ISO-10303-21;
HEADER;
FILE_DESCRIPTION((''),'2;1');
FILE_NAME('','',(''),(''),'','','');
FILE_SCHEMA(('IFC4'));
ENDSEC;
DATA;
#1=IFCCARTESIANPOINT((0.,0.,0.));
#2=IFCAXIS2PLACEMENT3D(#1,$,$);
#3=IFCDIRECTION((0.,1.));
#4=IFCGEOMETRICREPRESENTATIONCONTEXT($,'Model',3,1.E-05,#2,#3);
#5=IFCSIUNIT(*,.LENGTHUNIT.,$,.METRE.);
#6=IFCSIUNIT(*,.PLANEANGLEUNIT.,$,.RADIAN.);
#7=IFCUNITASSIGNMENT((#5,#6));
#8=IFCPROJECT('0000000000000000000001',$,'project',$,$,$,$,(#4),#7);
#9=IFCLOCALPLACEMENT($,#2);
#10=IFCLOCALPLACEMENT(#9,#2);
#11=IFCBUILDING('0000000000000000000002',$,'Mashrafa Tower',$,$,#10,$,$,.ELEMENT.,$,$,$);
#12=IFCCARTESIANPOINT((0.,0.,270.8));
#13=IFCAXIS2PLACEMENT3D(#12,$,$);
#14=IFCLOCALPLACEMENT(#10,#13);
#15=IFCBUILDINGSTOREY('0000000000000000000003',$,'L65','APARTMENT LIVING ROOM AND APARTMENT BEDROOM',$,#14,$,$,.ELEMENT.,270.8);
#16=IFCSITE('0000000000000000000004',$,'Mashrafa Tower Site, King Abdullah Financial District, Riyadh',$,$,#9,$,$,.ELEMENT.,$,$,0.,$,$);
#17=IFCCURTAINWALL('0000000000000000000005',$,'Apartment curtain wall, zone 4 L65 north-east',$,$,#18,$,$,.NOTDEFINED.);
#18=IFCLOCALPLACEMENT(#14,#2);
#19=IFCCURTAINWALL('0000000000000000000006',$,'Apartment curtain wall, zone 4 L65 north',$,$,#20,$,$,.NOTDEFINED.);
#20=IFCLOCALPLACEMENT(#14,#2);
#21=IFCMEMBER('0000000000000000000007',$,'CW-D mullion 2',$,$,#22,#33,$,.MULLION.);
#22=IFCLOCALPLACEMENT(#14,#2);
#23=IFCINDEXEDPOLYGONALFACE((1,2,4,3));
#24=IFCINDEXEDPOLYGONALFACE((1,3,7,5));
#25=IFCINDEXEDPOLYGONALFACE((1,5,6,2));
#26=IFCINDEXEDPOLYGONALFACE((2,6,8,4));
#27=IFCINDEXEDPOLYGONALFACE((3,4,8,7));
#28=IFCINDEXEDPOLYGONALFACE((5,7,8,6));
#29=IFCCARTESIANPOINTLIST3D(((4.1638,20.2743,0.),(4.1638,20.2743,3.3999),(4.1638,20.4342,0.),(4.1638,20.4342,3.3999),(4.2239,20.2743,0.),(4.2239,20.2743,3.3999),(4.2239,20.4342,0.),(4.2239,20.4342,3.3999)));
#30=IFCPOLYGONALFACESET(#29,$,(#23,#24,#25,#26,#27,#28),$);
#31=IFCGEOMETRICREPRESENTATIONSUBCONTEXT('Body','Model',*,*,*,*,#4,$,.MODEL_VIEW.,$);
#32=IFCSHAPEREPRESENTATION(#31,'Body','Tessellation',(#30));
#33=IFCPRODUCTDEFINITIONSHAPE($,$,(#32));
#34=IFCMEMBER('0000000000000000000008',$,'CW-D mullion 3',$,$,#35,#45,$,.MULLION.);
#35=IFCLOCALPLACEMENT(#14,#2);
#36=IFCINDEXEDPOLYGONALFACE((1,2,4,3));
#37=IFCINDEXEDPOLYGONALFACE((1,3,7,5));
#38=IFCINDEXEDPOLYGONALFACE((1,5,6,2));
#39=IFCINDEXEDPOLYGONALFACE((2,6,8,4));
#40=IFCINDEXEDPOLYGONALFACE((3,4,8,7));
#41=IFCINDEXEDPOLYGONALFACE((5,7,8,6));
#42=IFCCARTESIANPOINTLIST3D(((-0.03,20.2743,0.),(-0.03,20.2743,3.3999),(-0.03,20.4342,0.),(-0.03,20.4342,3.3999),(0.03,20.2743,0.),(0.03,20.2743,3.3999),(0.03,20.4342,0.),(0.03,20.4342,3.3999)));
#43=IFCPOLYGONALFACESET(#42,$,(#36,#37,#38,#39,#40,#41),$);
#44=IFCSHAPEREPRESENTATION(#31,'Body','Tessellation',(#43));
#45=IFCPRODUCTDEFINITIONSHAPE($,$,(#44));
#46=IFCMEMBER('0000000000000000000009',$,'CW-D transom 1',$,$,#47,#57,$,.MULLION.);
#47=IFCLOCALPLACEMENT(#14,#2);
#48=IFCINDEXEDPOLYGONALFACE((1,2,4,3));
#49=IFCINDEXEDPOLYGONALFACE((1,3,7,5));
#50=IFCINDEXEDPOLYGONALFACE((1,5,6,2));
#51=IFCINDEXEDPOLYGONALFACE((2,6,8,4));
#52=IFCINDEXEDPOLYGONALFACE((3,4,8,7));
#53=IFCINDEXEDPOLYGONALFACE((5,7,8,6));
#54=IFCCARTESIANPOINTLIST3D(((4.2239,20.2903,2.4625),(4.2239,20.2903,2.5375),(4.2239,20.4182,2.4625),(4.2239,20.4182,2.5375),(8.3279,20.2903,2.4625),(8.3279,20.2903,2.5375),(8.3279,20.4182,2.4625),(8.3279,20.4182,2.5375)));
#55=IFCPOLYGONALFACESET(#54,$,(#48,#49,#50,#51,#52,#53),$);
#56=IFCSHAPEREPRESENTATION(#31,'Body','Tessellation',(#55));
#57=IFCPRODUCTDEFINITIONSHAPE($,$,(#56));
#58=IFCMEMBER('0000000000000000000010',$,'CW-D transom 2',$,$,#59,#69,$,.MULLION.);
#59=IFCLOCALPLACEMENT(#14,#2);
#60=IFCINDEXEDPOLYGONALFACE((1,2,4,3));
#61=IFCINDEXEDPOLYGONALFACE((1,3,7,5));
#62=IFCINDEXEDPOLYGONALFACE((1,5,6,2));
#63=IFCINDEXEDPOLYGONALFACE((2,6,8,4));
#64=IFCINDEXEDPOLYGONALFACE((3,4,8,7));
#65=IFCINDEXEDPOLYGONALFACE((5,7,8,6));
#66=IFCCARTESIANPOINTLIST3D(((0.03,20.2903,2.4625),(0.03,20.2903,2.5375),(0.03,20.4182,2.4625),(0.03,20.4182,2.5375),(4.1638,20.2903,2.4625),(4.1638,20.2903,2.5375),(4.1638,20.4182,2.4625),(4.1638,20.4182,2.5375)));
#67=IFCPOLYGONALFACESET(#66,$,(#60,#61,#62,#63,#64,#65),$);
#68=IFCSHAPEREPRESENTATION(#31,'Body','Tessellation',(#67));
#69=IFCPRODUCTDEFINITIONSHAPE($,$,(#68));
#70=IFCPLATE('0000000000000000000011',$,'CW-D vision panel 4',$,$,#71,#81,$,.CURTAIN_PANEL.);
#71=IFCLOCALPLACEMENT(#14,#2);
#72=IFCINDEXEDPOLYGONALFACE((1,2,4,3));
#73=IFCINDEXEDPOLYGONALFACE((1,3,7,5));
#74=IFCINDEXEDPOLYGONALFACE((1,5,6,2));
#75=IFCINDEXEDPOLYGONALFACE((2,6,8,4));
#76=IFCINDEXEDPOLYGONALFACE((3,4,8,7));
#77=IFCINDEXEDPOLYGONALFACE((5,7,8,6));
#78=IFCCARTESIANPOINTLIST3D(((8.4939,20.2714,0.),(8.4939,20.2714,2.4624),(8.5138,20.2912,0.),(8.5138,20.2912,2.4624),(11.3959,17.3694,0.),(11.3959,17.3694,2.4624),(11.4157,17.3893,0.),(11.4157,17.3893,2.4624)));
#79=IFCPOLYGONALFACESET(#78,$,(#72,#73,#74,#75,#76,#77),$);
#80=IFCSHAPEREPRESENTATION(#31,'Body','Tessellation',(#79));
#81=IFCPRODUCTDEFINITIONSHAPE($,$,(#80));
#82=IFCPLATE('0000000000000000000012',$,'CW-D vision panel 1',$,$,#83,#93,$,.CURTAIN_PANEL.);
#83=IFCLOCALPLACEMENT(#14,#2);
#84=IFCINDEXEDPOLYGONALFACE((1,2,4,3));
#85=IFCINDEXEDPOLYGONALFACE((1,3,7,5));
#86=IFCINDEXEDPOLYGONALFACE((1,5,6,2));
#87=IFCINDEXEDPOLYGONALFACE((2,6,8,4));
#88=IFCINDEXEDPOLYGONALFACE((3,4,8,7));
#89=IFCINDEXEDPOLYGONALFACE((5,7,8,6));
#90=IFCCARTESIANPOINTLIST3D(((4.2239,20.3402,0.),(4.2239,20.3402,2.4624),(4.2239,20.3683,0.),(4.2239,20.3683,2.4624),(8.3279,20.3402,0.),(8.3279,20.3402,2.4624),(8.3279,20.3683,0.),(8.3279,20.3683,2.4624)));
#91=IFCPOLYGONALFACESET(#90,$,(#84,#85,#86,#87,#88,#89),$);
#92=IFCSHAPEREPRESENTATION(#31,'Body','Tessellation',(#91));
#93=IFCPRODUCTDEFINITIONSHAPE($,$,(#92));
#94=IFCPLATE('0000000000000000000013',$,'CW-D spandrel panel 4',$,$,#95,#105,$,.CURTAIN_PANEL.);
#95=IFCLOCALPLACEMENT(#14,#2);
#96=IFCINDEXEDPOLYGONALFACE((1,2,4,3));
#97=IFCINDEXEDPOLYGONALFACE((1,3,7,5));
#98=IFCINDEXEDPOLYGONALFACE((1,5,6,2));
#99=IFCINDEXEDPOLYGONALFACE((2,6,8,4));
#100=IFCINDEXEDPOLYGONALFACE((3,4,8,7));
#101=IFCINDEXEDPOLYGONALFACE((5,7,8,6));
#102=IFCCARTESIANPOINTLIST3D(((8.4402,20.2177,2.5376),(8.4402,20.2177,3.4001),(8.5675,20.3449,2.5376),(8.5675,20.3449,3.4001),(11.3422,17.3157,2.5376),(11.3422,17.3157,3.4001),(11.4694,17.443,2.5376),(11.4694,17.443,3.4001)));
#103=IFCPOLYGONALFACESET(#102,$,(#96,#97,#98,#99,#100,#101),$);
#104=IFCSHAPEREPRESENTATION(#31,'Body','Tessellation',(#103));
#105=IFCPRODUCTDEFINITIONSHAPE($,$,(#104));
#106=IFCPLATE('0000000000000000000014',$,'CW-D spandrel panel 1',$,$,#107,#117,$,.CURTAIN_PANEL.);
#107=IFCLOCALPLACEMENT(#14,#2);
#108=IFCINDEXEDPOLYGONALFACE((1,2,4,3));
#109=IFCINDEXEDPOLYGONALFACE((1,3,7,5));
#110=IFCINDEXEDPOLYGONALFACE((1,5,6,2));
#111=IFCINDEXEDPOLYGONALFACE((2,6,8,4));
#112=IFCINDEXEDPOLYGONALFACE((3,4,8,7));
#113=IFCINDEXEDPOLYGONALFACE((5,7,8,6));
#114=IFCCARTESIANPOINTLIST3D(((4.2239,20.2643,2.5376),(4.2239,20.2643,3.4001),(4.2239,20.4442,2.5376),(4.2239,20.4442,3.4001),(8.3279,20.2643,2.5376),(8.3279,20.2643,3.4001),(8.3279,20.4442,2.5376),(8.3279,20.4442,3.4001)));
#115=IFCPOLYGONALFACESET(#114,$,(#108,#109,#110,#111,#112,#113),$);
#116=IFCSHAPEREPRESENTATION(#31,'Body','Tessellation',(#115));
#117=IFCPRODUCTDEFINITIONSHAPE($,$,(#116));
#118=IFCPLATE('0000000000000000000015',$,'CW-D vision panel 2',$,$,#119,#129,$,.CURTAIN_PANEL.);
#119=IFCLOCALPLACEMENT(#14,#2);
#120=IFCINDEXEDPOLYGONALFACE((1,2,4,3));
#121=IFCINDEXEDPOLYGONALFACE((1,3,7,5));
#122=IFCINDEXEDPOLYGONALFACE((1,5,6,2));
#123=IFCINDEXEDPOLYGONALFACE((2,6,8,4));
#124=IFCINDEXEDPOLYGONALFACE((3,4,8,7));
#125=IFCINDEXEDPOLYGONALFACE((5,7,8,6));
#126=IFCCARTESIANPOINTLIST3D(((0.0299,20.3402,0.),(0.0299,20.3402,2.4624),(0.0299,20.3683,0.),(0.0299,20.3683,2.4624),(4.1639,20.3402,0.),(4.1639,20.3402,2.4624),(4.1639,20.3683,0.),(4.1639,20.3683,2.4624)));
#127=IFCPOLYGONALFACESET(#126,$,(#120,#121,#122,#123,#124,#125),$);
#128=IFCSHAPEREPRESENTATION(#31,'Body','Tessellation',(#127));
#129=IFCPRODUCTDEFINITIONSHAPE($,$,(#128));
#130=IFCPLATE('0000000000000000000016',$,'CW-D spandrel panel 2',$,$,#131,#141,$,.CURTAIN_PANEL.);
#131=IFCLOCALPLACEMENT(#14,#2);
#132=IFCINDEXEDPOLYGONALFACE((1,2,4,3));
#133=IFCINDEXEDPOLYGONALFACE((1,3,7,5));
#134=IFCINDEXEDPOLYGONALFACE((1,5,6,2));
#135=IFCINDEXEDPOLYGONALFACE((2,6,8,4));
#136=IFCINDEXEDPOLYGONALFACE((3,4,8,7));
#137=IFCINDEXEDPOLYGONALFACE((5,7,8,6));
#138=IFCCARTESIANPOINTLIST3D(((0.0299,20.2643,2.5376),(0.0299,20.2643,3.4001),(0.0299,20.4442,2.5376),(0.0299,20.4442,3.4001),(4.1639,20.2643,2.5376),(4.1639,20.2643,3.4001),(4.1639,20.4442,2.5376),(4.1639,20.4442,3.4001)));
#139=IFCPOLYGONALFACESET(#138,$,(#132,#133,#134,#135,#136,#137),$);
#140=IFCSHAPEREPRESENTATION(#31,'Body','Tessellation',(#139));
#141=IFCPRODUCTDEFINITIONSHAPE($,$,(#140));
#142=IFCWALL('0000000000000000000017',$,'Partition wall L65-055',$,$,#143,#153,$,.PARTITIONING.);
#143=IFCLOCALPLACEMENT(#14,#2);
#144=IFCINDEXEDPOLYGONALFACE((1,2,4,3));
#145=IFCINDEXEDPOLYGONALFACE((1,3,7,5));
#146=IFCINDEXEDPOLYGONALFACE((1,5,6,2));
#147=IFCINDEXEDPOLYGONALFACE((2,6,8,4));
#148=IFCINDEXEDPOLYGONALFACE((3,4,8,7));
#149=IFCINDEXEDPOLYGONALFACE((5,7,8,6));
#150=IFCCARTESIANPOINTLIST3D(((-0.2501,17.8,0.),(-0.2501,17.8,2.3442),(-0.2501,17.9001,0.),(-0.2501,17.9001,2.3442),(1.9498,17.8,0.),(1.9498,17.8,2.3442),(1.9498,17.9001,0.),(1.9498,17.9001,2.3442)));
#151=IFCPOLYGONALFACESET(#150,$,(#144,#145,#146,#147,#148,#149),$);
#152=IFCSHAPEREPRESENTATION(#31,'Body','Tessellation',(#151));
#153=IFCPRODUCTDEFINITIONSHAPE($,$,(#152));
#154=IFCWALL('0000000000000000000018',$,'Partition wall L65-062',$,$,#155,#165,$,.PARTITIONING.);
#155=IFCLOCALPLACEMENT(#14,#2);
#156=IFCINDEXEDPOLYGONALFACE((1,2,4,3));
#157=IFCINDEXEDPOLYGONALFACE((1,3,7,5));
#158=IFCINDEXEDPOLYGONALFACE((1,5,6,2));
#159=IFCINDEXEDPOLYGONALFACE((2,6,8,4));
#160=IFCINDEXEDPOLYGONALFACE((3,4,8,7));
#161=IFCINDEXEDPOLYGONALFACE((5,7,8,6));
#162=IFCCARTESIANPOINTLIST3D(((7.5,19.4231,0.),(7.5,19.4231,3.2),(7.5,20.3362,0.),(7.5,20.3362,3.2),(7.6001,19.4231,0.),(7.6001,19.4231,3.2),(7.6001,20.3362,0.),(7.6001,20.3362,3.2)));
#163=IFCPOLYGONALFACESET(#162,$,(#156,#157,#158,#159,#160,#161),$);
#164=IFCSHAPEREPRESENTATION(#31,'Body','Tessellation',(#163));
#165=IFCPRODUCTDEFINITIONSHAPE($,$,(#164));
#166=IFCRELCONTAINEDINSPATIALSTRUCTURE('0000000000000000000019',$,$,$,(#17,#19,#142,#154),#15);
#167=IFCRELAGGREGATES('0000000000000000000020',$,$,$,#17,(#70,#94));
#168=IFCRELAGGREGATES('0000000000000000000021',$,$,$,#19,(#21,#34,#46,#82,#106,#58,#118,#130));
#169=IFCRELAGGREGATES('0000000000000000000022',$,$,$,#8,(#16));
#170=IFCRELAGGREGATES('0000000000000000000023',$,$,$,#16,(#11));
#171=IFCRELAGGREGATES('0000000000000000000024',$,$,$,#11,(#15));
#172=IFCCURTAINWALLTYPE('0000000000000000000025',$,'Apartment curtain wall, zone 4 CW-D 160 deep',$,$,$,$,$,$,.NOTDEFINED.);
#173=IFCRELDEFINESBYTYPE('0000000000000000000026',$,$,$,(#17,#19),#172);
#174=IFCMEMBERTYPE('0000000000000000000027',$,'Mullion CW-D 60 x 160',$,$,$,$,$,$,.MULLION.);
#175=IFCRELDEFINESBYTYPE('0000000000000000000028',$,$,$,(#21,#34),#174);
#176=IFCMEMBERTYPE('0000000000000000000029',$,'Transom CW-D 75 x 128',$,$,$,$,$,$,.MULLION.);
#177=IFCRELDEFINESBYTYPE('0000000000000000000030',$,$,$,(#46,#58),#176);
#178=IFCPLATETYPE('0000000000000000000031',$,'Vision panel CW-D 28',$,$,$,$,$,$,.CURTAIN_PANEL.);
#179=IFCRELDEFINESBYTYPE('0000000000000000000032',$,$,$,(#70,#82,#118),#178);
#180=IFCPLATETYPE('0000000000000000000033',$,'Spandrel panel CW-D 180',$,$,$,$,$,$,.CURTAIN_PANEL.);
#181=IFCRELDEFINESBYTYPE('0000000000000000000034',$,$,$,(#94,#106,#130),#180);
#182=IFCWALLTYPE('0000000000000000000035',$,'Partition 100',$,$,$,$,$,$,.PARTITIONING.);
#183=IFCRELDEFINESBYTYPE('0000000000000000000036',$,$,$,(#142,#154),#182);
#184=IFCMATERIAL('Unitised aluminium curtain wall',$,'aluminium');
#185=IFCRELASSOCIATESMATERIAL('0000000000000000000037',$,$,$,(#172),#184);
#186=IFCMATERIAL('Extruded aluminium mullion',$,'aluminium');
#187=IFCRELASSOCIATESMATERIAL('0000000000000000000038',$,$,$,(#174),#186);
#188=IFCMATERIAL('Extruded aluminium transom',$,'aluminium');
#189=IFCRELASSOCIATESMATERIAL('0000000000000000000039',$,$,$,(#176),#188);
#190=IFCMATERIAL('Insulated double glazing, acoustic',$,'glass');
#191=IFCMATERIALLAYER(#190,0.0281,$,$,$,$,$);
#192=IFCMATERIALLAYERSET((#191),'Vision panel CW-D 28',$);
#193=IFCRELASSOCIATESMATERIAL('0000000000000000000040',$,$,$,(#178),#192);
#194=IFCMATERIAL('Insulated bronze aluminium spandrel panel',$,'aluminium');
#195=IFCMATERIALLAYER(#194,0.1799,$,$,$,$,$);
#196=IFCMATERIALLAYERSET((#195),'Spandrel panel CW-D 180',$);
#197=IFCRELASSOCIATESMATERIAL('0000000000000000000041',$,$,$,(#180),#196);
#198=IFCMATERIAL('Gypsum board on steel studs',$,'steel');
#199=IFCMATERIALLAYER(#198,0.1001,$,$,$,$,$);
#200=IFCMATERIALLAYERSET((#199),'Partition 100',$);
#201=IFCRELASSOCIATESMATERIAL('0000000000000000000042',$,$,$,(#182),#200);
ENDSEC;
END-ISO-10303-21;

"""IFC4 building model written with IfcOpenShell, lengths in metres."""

from ifc_helpers import new_model, si_unit, direction, frame, frame_2d, origin, origin_2d, place, context, subcontext, project, spatial, rectangle, extrude, source, transform, mapped, material, layer, layer_set, material_profile, profile_set, type_object, type_shapes, element, aggregate, save


model = new_model("IFC4")

# Units and contexts
model_context = context("Model", 3, precision=1e-05, world=origin(), true_north=direction((0.0, 1.0)))
body_context = subcontext(model_context, "Body", "Model", "MODEL_VIEW")
ifc_project = project(units=[si_unit("LENGTHUNIT", "METRE"), si_unit("PLANEANGLEUNIT", "RADIAN")], contexts=[model_context])

# Site, building, storey
site_placement = place(None, origin())
site = spatial("IfcSite", under=ifc_project, at=site_placement, Name="Mashrafa Tower Site, King Abdullah Financial District, Riyadh", CompositionType="ELEMENT", RefElevation=0.0)
building_placement = place(site_placement, origin())
building = spatial("IfcBuilding", under=site, at=building_placement, Name="Mashrafa Tower", CompositionType="ELEMENT")
storey_placement = place(building_placement, frame((0.0, 0.0, 270.8)))
storey = spatial("IfcBuildingStorey", under=building, at=storey_placement, Name="L65", Description="APARTMENT LIVING ROOM AND APARTMENT BEDROOM", CompositionType="ELEMENT", Elevation=270.8)

# Curtain wall
ifc_material_1 = material(Name="Unitised aluminium curtain wall", Category="aluminium")
curtain_wall_type = type_object("IfcCurtainWallType", Name="Apartment curtain wall, zone 4 CW-D 160 deep", PredefinedType="NOTDEFINED", material=ifc_material_1)
curtain_wall_1_placement = place(storey_placement, origin())
curtain_wall_1 = element("IfcCurtainWall", 1, at=curtain_wall_1_placement, inside=storey, type_object=curtain_wall_type, Name="Apartment curtain wall, zone 4 L65 north-east", PredefinedType="NOTDEFINED")
ifc_material_2 = material(Name="Extruded aluminium mullion", Category="aluminium")
ifc_material_profile_1 = material_profile(ifc_material_2, rectangle(XDim=0.1599, YDim=0.0601, at=origin_2d()), Name="Mullion 60x160")
ifc_profile_set_1 = profile_set([ifc_material_profile_1], Name="Extruded aluminium mullion")
member_type_1 = type_object("IfcMemberType", Name="Mullion CW-D 60 x 160", PredefinedType="MULLION", material=ifc_profile_set_1)
shared_shape_1 = source(origin(), body_context, "Body", "SweptSolid", [
    extrude(rectangle(XDim=0.1599, YDim=0.0601, at=origin_2d()), origin(), (0.0, 0.0, 1.0), 3.3999),
])
type_shapes(member_type_1, [shared_shape_1])

# Curtain wall, members
curtain_wall_2_placement = place(storey_placement, origin())
curtain_wall_2 = element("IfcCurtainWall", 2, at=curtain_wall_2_placement, inside=storey, type_object=curtain_wall_type, Name="Apartment curtain wall, zone 4 L65 north", PredefinedType="NOTDEFINED")
member_1_placement = place(storey_placement, frame((4.1938, 20.3542, 0.0), z_axis=(0.0, 0.0, 1.0), x_axis=(0.0, -1.0, 0.0)))
member_1 = element("IfcMember", 3, at=member_1_placement, type_object=member_type_1, Name="CW-D mullion 2", PredefinedType="MULLION", context=body_context, shape_type="MappedRepresentation", body=[
    mapped(shared_shape_1, transform((0.0, 0.0, 0.0))),
])
member_2_placement = place(storey_placement, frame((0.0, 20.3542, 0.0), z_axis=(0.0, 0.0, 1.0), x_axis=(0.0, -1.0, 0.0)))
member_2 = element("IfcMember", 4, at=member_2_placement, type_object=member_type_1, Name="CW-D mullion 3", PredefinedType="MULLION", context=body_context, shape_type="MappedRepresentation", body=[
    mapped(shared_shape_1, transform((0.0, 0.0, 0.0))),
])
ifc_material_3 = material(Name="Extruded aluminium transom", Category="aluminium")
ifc_material_profile_2 = material_profile(ifc_material_3, rectangle(XDim=0.1279, YDim=0.075, at=origin_2d()), Name="Transom 75x128")
ifc_profile_set_2 = profile_set([ifc_material_profile_2], Name="Extruded aluminium transom")
member_type_2 = type_object("IfcMemberType", Name="Transom CW-D 75 x 128", PredefinedType="MULLION", material=ifc_profile_set_2)
shared_shape_2 = source(origin(), body_context, "Body", "SweptSolid", [
    extrude(rectangle(XDim=0.1279, YDim=0.075, at=origin_2d()), origin(), (0.0, 0.0, 1.0), 4.104),
])
member_3_placement = place(storey_placement, frame((8.3279, 20.3542, 2.5), z_axis=(-1.0, 0.0, 0.0), x_axis=(0.0, -1.0, 0.0)))
member_3 = element("IfcMember", 5, at=member_3_placement, type_object=member_type_2, Name="CW-D transom 1", PredefinedType="MULLION", context=body_context, shape_type="MappedRepresentation", body=[
    mapped(shared_shape_2, transform((0.0, 0.0, 0.0))),
])
shared_shape_3 = source(origin(), body_context, "Body", "SweptSolid", [
    extrude(rectangle(XDim=0.1279, YDim=0.075, at=origin_2d()), origin(), (0.0, 0.0, 1.0), 4.1338),
])
type_shapes(member_type_2, [shared_shape_2, shared_shape_3])
member_4_placement = place(storey_placement, frame((4.1638, 20.3542, 2.5), z_axis=(-1.0, 0.0, 0.0), x_axis=(0.0, -1.0, 0.0)))
member_4 = element("IfcMember", 6, at=member_4_placement, type_object=member_type_2, Name="CW-D transom 2", PredefinedType="MULLION", context=body_context, shape_type="MappedRepresentation", body=[
    mapped(shared_shape_3, transform((0.0, 0.0, 0.0))),
])

# Plates
ifc_material_4 = material(Name="Insulated double glazing, acoustic", Category="glass")
ifc_layer_1 = layer(ifc_material_4, 0.0281)
ifc_layer_set_1 = layer_set([ifc_layer_1], Name="Vision panel CW-D 28")
plate_type_1 = type_object("IfcPlateType", Name="Vision panel CW-D 28", PredefinedType="CURTAIN_PANEL", material=ifc_layer_set_1)
shared_shape_4 = source(origin(), body_context, "Body", "SweptSolid", [
    extrude(rectangle(XDim=4.104, YDim=0.0281, at=origin_2d()), origin(), (0.0, 0.0, 1.0), 2.4624),
])
plate_1_placement = place(storey_placement, frame((9.9548, 18.8303, 0.0), z_axis=(0.0, 0.0, 1.0), x_axis=(-0.707107, 0.707107, 0.0)))
plate_1 = element("IfcPlate", 7, at=plate_1_placement, type_object=plate_type_1, Name="CW-D vision panel 4", PredefinedType="CURTAIN_PANEL", context=body_context, shape_type="MappedRepresentation", body=[
    mapped(shared_shape_4, transform((0.0, 0.0, 0.0))),
])
plate_2_placement = place(storey_placement, frame((6.2759, 20.3542, 0.0), z_axis=(0.0, 0.0, 1.0), x_axis=(-1.0, 0.0, 0.0)))
plate_2 = element("IfcPlate", 8, at=plate_2_placement, type_object=plate_type_1, Name="CW-D vision panel 1", PredefinedType="CURTAIN_PANEL", context=body_context, shape_type="MappedRepresentation", body=[
    mapped(shared_shape_4, transform((0.0, 0.0, 0.0))),
])
ifc_material_5 = material(Name="Insulated bronze aluminium spandrel panel", Category="aluminium")
ifc_layer_2 = layer(ifc_material_5, 0.1799)
ifc_layer_set_2 = layer_set([ifc_layer_2], Name="Spandrel panel CW-D 180")
plate_type_2 = type_object("IfcPlateType", Name="Spandrel panel CW-D 180", PredefinedType="CURTAIN_PANEL", material=ifc_layer_set_2)
shared_shape_5 = source(origin(), body_context, "Body", "SweptSolid", [
    extrude(rectangle(XDim=4.104, YDim=0.1799, at=origin_2d()), origin(), (0.0, 0.0, 1.0), 0.8625),
])
plate_3_placement = place(storey_placement, frame((9.9548, 18.8303, 2.5376), z_axis=(0.0, 0.0, 1.0), x_axis=(-0.707107, 0.707107, 0.0)))
plate_3 = element("IfcPlate", 9, at=plate_3_placement, type_object=plate_type_2, Name="CW-D spandrel panel 4", PredefinedType="CURTAIN_PANEL", context=body_context, shape_type="MappedRepresentation", body=[
    mapped(shared_shape_5, transform((0.0, 0.0, 0.0))),
])
aggregate(curtain_wall_1, [plate_1, plate_3])
plate_4_placement = place(storey_placement, frame((6.2759, 20.3542, 2.5376), z_axis=(0.0, 0.0, 1.0), x_axis=(-1.0, 0.0, 0.0)))
plate_4 = element("IfcPlate", 10, at=plate_4_placement, type_object=plate_type_2, Name="CW-D spandrel panel 1", PredefinedType="CURTAIN_PANEL", context=body_context, shape_type="MappedRepresentation", body=[
    mapped(shared_shape_5, transform((0.0, 0.0, 0.0))),
])
shared_shape_6 = source(origin(), body_context, "Body", "SweptSolid", [
    extrude(rectangle(XDim=4.134, YDim=0.0281, at=origin_2d()), origin(), (0.0, 0.0, 1.0), 2.4624),
])
type_shapes(plate_type_1, [shared_shape_4, shared_shape_6])
plate_5_placement = place(storey_placement, frame((2.0969, 20.3542, 0.0), z_axis=(0.0, 0.0, 1.0), x_axis=(-1.0, 0.0, 0.0)))
plate_5 = element("IfcPlate", 11, at=plate_5_placement, type_object=plate_type_1, Name="CW-D vision panel 2", PredefinedType="CURTAIN_PANEL", context=body_context, shape_type="MappedRepresentation", body=[
    mapped(shared_shape_6, transform((0.0, 0.0, 0.0))),
])
shared_shape_7 = source(origin(), body_context, "Body", "SweptSolid", [
    extrude(rectangle(XDim=4.134, YDim=0.1799, at=origin_2d()), origin(), (0.0, 0.0, 1.0), 0.8625),
])
type_shapes(plate_type_2, [shared_shape_5, shared_shape_7])
plate_6_placement = place(storey_placement, frame((2.0969, 20.3542, 2.5376), z_axis=(0.0, 0.0, 1.0), x_axis=(-1.0, 0.0, 0.0)))
plate_6 = element("IfcPlate", 12, at=plate_6_placement, type_object=plate_type_2, Name="CW-D spandrel panel 2", PredefinedType="CURTAIN_PANEL", context=body_context, shape_type="MappedRepresentation", body=[
    mapped(shared_shape_7, transform((0.0, 0.0, 0.0))),
])
aggregate(curtain_wall_2, [member_1, member_2, member_3, plate_2, plate_4, member_4, plate_5, plate_6])

# Walls
ifc_material_6 = material(Name="Gypsum board on steel studs", Category="steel")
ifc_layer_3 = layer(ifc_material_6, 0.1001)
ifc_layer_set_3 = layer_set([ifc_layer_3], Name="Partition 100")
wall_type = type_object("IfcWallType", Name="Partition 100", PredefinedType="PARTITIONING", material=ifc_layer_set_3)
wall_1_placement = place(storey_placement, frame((1.95, 17.8501, 0.0), z_axis=(0.0, 0.0, 1.0), x_axis=(-1.0, 0.0, 0.0)))
element("IfcWall", 13, at=wall_1_placement, inside=storey, type_object=wall_type, Name="Partition wall L65-055", PredefinedType="PARTITIONING", context=body_context, shape_type="SweptSolid", body=[
    extrude(rectangle(XDim=2.2, YDim=0.1001, at=frame_2d((1.1001, 0.0))), origin(), (0.0, 0.0, 1.0), 2.3442),
])
wall_2_placement = place(storey_placement, frame((7.55, 19.4231, 0.0), z_axis=(0.0, 0.0, 1.0), x_axis=(0.0, 1.0, 0.0)))
element("IfcWall", 14, at=wall_2_placement, inside=storey, type_object=wall_type, Name="Partition wall L65-062", PredefinedType="PARTITIONING", context=body_context, shape_type="SweptSolid", body=[
    extrude(rectangle(XDim=0.9131, YDim=0.1001, at=frame_2d((0.4565, 0.0))), origin(), (0.0, 0.0, 1.0), 3.2),
])

save(model, "model.ifc")
